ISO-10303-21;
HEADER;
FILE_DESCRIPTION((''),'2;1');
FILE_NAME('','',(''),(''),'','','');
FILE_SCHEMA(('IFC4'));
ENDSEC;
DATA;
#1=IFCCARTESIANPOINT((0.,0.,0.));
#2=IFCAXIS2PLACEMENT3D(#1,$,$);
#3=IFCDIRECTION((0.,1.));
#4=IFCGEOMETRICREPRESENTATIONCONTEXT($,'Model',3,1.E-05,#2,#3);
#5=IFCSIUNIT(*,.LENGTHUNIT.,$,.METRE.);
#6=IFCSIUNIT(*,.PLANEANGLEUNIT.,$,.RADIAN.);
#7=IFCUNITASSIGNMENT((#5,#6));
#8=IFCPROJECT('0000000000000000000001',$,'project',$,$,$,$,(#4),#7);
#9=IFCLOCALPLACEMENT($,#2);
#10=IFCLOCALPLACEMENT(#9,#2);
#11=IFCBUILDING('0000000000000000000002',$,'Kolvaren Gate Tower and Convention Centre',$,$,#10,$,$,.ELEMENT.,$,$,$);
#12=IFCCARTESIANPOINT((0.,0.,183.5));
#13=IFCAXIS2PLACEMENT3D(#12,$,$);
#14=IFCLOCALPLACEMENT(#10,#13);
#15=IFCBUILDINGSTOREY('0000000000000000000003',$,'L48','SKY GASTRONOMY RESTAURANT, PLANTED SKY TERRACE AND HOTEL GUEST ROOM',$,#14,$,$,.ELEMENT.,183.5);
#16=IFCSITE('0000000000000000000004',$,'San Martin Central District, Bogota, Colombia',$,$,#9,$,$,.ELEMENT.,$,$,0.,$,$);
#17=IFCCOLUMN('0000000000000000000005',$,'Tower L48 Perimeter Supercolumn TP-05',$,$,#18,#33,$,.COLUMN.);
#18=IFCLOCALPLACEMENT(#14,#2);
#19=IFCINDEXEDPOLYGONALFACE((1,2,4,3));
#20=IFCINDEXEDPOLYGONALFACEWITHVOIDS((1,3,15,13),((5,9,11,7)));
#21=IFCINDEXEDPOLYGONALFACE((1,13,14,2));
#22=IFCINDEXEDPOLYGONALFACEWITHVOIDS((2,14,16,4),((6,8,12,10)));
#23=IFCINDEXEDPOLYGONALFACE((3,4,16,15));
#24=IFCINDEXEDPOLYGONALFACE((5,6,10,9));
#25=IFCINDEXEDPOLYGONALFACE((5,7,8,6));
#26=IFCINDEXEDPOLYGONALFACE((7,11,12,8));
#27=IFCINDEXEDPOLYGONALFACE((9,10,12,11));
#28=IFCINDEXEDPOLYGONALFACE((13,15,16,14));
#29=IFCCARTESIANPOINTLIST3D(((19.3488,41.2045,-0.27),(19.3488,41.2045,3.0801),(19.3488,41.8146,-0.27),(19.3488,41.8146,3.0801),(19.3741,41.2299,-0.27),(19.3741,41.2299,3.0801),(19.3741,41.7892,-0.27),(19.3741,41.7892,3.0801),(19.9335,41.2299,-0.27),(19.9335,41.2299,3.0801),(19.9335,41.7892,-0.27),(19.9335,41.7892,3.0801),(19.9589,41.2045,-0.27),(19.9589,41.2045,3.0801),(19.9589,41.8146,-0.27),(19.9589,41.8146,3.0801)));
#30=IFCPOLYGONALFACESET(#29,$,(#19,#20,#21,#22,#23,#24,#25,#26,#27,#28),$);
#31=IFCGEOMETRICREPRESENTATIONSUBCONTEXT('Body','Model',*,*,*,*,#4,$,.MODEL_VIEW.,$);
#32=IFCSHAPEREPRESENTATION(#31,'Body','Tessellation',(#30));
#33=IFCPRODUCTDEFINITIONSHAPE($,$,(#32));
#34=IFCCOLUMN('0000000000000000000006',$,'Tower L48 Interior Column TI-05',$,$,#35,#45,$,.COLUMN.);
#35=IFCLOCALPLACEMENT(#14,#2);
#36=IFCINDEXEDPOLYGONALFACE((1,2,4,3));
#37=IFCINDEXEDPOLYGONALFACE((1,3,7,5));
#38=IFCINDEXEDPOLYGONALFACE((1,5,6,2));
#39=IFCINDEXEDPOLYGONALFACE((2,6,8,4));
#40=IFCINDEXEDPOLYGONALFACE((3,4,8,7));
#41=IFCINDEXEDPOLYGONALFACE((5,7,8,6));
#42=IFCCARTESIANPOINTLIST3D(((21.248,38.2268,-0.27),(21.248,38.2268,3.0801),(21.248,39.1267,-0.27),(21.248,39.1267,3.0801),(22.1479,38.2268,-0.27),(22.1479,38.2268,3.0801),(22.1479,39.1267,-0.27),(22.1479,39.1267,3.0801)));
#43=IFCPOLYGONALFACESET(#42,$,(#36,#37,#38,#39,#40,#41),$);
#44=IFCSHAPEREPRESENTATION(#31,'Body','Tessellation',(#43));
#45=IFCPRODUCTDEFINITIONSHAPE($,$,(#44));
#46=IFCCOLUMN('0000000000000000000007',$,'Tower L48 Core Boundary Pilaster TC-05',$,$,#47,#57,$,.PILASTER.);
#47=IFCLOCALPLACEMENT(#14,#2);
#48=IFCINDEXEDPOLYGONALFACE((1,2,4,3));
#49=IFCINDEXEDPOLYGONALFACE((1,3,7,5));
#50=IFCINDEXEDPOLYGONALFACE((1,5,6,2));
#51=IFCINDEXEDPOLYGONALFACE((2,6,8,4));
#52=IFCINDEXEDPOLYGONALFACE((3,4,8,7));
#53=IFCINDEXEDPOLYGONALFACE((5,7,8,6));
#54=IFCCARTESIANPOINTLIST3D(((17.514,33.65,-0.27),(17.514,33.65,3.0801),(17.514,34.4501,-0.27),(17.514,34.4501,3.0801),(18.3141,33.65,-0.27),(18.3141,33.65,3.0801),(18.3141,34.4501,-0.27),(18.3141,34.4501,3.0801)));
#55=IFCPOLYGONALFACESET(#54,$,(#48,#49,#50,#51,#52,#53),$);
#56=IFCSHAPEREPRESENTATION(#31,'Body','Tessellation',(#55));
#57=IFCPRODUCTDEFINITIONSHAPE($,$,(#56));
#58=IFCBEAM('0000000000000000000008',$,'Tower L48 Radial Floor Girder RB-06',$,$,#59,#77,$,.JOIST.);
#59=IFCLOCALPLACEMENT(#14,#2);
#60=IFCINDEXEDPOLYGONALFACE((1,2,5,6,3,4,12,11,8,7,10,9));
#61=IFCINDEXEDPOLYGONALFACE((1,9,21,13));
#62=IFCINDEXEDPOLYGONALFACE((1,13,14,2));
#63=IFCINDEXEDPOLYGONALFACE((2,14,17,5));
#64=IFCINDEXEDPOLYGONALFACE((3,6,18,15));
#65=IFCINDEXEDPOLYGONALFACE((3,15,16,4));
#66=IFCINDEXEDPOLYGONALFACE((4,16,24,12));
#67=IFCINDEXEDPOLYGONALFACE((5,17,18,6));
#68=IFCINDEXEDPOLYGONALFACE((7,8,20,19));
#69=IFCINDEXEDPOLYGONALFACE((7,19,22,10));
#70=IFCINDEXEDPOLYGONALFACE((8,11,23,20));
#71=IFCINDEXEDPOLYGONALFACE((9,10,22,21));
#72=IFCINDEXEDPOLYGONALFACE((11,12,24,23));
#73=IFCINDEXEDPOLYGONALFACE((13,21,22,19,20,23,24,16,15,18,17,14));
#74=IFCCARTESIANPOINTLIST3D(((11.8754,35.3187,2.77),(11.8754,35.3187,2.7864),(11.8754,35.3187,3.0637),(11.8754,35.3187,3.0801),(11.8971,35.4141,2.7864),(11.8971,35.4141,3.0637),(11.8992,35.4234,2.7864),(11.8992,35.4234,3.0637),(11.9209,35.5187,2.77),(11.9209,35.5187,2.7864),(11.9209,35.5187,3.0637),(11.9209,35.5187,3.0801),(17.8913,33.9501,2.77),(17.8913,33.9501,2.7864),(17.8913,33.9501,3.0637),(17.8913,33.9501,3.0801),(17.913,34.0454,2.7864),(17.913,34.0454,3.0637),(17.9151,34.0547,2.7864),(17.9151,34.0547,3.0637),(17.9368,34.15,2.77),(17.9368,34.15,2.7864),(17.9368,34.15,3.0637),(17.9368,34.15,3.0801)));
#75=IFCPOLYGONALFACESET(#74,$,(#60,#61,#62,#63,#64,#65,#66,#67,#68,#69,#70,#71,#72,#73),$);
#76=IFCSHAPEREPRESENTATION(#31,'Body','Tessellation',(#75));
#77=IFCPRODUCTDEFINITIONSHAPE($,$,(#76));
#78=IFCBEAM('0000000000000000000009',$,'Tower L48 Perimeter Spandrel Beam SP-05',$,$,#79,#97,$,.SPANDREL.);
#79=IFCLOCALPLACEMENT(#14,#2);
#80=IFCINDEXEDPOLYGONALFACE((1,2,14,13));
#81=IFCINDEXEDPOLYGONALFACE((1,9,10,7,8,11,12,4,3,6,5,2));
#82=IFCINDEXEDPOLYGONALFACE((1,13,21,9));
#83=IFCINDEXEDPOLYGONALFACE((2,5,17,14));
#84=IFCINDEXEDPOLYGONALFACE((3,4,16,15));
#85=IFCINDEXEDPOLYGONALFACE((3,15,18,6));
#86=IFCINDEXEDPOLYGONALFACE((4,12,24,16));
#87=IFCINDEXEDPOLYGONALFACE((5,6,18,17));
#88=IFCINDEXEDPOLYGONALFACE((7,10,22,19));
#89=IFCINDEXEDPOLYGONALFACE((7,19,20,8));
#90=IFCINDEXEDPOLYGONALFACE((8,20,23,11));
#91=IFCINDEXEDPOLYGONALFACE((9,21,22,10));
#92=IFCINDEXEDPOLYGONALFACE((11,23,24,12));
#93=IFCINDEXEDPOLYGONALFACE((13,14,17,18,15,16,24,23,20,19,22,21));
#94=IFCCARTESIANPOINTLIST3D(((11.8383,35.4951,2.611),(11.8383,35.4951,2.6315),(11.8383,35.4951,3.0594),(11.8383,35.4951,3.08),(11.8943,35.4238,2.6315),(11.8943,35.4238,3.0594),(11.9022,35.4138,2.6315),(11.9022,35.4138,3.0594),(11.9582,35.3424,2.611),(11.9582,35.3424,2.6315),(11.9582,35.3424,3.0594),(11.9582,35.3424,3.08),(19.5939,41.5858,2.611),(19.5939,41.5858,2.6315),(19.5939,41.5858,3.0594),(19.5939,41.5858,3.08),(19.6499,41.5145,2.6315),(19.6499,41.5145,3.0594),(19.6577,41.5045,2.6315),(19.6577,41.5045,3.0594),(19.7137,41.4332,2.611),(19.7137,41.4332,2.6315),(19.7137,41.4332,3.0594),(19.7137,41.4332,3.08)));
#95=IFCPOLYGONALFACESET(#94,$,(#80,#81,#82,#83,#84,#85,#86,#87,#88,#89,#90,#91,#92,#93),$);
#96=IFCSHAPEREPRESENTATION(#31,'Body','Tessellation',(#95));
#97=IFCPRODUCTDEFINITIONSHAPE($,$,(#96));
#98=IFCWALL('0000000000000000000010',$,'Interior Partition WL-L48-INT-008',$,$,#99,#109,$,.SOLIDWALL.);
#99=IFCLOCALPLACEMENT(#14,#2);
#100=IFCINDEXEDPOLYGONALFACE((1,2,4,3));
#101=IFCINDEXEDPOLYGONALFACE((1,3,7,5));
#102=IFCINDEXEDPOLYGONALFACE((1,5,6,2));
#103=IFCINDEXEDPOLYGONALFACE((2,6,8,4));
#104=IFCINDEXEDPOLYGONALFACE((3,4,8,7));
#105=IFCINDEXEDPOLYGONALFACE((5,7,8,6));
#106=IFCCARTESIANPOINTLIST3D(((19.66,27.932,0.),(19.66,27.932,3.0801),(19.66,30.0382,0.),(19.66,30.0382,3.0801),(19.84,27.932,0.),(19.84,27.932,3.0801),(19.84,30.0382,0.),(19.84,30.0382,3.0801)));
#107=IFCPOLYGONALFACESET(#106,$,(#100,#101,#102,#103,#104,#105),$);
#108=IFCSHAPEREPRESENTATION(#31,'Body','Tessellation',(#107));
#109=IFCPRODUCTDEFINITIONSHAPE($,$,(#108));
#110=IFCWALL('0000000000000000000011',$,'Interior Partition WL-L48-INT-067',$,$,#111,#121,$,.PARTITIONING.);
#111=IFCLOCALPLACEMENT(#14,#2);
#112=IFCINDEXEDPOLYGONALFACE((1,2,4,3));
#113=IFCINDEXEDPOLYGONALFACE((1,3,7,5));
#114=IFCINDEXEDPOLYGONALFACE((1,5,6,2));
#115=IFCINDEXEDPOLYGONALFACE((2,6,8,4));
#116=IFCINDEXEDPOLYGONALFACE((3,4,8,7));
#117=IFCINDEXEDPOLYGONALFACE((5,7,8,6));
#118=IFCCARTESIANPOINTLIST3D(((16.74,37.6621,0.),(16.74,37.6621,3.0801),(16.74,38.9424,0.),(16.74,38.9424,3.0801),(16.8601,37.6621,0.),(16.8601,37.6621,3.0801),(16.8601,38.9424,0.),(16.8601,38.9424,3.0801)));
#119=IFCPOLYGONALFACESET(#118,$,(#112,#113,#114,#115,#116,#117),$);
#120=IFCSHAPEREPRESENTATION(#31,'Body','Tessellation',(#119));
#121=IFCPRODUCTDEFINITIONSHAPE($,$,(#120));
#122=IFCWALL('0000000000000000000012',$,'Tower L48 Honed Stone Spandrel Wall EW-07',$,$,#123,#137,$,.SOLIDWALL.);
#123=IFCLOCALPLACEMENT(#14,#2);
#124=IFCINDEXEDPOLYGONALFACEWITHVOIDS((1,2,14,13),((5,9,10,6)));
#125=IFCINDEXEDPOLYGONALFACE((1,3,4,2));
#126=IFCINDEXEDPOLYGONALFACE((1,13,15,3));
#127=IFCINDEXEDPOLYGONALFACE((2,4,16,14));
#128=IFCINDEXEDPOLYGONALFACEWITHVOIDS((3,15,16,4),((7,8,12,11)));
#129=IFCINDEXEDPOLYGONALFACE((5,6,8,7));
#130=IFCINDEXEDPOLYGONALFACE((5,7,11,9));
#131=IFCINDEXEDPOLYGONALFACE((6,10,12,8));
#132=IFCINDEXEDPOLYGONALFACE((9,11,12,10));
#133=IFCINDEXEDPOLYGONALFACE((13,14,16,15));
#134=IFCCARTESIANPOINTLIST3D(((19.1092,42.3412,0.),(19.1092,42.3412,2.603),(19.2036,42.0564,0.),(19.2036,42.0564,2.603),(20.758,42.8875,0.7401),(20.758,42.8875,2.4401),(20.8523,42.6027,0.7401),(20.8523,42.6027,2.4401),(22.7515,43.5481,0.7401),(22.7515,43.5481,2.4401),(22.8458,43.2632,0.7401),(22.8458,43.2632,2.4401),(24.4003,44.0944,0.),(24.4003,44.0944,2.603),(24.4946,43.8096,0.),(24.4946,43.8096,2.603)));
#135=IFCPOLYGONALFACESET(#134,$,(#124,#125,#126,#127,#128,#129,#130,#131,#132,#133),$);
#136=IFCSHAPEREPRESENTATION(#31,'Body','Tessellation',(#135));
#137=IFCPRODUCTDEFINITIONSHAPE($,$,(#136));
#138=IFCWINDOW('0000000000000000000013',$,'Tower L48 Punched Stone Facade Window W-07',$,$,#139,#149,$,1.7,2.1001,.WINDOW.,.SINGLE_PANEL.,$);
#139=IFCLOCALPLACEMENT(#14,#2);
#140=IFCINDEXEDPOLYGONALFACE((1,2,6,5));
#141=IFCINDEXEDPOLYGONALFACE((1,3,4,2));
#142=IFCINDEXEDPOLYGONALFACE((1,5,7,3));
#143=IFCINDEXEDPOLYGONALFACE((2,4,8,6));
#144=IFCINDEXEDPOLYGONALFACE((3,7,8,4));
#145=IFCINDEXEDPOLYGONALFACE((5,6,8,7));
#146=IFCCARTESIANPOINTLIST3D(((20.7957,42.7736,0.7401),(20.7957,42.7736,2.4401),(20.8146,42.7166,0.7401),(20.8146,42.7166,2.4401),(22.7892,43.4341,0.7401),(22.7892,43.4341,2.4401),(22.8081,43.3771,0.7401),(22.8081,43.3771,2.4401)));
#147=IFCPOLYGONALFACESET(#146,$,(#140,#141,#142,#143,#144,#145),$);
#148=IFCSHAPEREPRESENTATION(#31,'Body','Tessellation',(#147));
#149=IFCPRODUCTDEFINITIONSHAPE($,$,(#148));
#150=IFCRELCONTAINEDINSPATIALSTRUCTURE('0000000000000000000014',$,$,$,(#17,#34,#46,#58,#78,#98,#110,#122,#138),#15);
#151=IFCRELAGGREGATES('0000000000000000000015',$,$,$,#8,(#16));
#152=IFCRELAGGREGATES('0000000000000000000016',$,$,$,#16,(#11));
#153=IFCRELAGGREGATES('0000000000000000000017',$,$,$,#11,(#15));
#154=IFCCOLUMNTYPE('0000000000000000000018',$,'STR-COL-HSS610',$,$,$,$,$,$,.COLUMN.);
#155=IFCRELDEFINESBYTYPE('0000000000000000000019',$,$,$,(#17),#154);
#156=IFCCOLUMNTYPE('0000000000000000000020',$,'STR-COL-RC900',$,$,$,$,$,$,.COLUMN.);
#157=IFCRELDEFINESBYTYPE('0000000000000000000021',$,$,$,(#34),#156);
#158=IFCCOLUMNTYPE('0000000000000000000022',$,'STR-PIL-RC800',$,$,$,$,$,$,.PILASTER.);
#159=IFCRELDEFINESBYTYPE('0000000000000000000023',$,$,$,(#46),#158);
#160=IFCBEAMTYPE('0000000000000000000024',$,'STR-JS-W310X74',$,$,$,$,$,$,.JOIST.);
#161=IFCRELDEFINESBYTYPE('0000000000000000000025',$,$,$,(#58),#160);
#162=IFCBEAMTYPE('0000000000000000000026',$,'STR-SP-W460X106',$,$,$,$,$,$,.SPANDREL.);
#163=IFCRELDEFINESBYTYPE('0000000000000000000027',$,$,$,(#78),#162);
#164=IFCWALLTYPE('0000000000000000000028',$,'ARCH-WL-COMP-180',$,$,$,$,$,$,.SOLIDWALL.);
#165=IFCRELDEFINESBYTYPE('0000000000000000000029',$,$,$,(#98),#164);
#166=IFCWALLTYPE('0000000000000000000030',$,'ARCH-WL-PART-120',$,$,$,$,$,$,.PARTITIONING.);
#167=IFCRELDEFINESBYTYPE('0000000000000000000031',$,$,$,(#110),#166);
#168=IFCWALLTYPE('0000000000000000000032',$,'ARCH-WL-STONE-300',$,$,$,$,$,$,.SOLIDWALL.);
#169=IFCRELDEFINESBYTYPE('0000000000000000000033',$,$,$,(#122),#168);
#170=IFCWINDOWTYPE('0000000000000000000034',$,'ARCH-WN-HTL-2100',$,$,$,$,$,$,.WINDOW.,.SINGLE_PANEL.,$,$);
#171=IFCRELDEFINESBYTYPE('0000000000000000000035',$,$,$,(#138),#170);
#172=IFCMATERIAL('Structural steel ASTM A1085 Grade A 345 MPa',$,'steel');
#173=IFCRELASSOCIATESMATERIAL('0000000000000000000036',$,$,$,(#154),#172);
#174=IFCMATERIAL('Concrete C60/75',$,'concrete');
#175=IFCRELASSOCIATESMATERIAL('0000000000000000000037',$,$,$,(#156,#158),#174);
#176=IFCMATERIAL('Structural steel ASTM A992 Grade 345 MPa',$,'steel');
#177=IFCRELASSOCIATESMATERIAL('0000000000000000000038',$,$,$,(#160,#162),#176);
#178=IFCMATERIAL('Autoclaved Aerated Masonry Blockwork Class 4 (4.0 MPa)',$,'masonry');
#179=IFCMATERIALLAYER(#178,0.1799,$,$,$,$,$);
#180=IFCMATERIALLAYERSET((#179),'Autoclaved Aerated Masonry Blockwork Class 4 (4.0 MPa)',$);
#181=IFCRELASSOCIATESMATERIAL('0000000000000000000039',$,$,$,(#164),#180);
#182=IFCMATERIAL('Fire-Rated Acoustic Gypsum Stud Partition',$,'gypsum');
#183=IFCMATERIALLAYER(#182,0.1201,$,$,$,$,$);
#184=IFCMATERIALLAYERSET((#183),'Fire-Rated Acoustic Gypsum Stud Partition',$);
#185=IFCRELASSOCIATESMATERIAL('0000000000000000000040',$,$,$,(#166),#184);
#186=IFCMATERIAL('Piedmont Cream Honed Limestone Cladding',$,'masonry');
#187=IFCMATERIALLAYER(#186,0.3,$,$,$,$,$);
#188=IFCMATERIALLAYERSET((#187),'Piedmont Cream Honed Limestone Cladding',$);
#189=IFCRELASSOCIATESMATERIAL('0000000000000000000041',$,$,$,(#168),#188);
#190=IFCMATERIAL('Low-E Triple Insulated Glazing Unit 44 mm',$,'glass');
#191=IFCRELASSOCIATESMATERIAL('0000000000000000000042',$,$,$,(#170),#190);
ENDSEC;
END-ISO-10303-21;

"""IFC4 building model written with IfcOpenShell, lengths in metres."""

from ifc_helpers import new_model, si_unit, direction, frame, frame_2d, origin, origin_2d, place, context, subcontext, project, spatial, rectangle, hollow_rectangle, i_section, extrude, material, layer, layer_set, material_profile, profile_set, type_object, element, fill, save


model = new_model("IFC4")

# Units and contexts
model_context = context("Model", 3, precision=1e-05, world=origin(), true_north=direction((0.0, 1.0)))
body_context = subcontext(model_context, "Body", "Model", "MODEL_VIEW")
ifc_project = project(units=[si_unit("LENGTHUNIT", "METRE"), si_unit("PLANEANGLEUNIT", "RADIAN")], contexts=[model_context])

# Site, building, storey
site_placement = place(None, origin())
site = spatial("IfcSite", under=ifc_project, at=site_placement, Name="San Martin Central District, Bogota, Colombia", CompositionType="ELEMENT", RefElevation=0.0)
building_placement = place(site_placement, origin())
building = spatial("IfcBuilding", under=site, at=building_placement, Name="Kolvaren Gate Tower and Convention Centre", CompositionType="ELEMENT")
storey_placement = place(building_placement, frame((0.0, 0.0, 183.5)))
storey = spatial("IfcBuildingStorey", under=building, at=storey_placement, Name="L48", Description="SKY GASTRONOMY RESTAURANT, PLANTED SKY TERRACE AND HOTEL GUEST ROOM", CompositionType="ELEMENT", Elevation=183.5)

# Columns
ifc_material_1 = material(Name="Structural steel ASTM A1085 Grade A 345 MPa", Category="steel")
ifc_material_profile_1 = material_profile(ifc_material_1, hollow_rectangle(XDim=0.6101, YDim=0.6101, WallThickness=0.0254, at=origin_2d()), Name="HSS610X610X25.4")
ifc_profile_set_1 = profile_set([ifc_material_profile_1], Name="Structural steel ASTM A1085 Grade A 345 MPa")
column_type_1 = type_object("IfcColumnType", Name="STR-COL-HSS610", PredefinedType="COLUMN", material=ifc_profile_set_1)
column_1_placement = place(storey_placement, frame((19.6538, 41.5095, -0.27), z_axis=(0.0, 0.0, 1.0), x_axis=(1.0, 0.0, 0.0)))
element("IfcColumn", 1, at=column_1_placement, inside=storey, type_object=column_type_1, Name="Tower L48 Perimeter Supercolumn TP-05", PredefinedType="COLUMN", context=body_context, shape_type="SweptSolid", body=[
    extrude(hollow_rectangle(XDim=0.6101, YDim=0.6101, WallThickness=0.0254, at=origin_2d()), origin(), (0.0, 0.0, 1.0), 3.3501),
])
ifc_material_2 = material(Name="Concrete C60/75", Category="concrete")
ifc_material_profile_2 = material_profile(ifc_material_2, rectangle(XDim=0.8999, YDim=0.8999, at=origin_2d()), Name="RC-COL-900X900")
ifc_profile_set_2 = profile_set([ifc_material_profile_2], Name="Concrete C60/75")
column_type_2 = type_object("IfcColumnType", Name="STR-COL-RC900", PredefinedType="COLUMN", material=ifc_profile_set_2)
column_2_placement = place(storey_placement, frame((21.698, 38.6768, -0.27), z_axis=(0.0, 0.0, 1.0), x_axis=(1.0, 0.0, 0.0)))
element("IfcColumn", 2, at=column_2_placement, inside=storey, type_object=column_type_2, Name="Tower L48 Interior Column TI-05", PredefinedType="COLUMN", context=body_context, shape_type="SweptSolid", body=[
    extrude(rectangle(XDim=0.8999, YDim=0.8999, at=origin_2d()), origin(), (0.0, 0.0, 1.0), 3.3501),
])
ifc_material_profile_3 = material_profile(ifc_material_2, rectangle(XDim=0.8, YDim=0.8, at=origin_2d()), Name="RC-COL-800X800")
ifc_profile_set_3 = profile_set([ifc_material_profile_3], Name="Concrete C60/75")
column_type_3 = type_object("IfcColumnType", Name="STR-PIL-RC800", PredefinedType="PILASTER", material=ifc_profile_set_3)
column_3_placement = place(storey_placement, frame((17.9141, 34.05, -0.27), z_axis=(0.0, 0.0, 1.0), x_axis=(1.0, 0.0, 0.0)))
element("IfcColumn", 3, at=column_3_placement, inside=storey, type_object=column_type_3, Name="Tower L48 Core Boundary Pilaster TC-05", PredefinedType="PILASTER", context=body_context, shape_type="SweptSolid", body=[
    extrude(rectangle(XDim=0.8, YDim=0.8, at=origin_2d()), origin(), (0.0, 0.0, 1.0), 3.3501),
])

# Beams
ifc_material_3 = material(Name="Structural steel ASTM A992 Grade 345 MPa", Category="steel")
ifc_material_profile_4 = material_profile(ifc_material_3, i_section(OverallWidth=0.2051, OverallDepth=0.3101, WebThickness=0.0095, FlangeThickness=0.0164, at=origin_2d()), Name="W310X74")
ifc_profile_set_4 = profile_set([ifc_material_profile_4], Name="Structural steel ASTM A992 Grade 345 MPa")
beam_type_1 = type_object("IfcBeamType", Name="STR-JS-W310X74", PredefinedType="JOIST", material=ifc_profile_set_4)
beam_1_placement = place(storey_placement, frame((17.9141, 34.05, 2.925), z_axis=(-0.975083, 0.221838, 0.0), x_axis=(-0.221838, -0.975083, 0.0)))
element("IfcBeam", 4, at=beam_1_placement, inside=storey, type_object=beam_type_1, Name="Tower L48 Radial Floor Girder RB-06", PredefinedType="JOIST", context=body_context, shape_type="SweptSolid", body=[
    extrude(i_section(OverallWidth=0.2051, OverallDepth=0.3101, WebThickness=0.0095, FlangeThickness=0.0164, at=origin_2d()), origin(), (0.0, 0.0, 1.0), 6.1697),
])
ifc_material_profile_5 = material_profile(ifc_material_3, i_section(OverallWidth=0.1941, OverallDepth=0.469, WebThickness=0.0127, FlangeThickness=0.0205, at=origin_2d()), Name="W460X106")
ifc_profile_set_5 = profile_set([ifc_material_profile_5], Name="Structural steel ASTM A992 Grade 345 MPa")
beam_type_2 = type_object("IfcBeamType", Name="STR-SP-W460X106", PredefinedType="SPANDREL", material=ifc_profile_set_5)
beam_2_placement = place(storey_placement, frame((19.6538, 41.5095, 2.8455), z_axis=(-0.78646, -0.617641, 0.0), x_axis=(0.617641, -0.78646, 0.0)))
element("IfcBeam", 5, at=beam_2_placement, inside=storey, type_object=beam_type_2, Name="Tower L48 Perimeter Spandrel Beam SP-05", PredefinedType="SPANDREL", context=body_context, shape_type="SweptSolid", body=[
    extrude(i_section(OverallWidth=0.1941, OverallDepth=0.469, WebThickness=0.0127, FlangeThickness=0.0205, at=origin_2d()), origin(), (0.0, 0.0, 1.0), 9.8613),
])

# Walls
ifc_material_4 = material(Name="Autoclaved Aerated Masonry Blockwork Class 4 (4.0 MPa)", Category="masonry")
ifc_layer_1 = layer(ifc_material_4, 0.1799)
ifc_layer_set_1 = layer_set([ifc_layer_1], Name="Autoclaved Aerated Masonry Blockwork Class 4 (4.0 MPa)")
wall_type_1 = type_object("IfcWallType", Name="ARCH-WL-COMP-180", PredefinedType="SOLIDWALL", material=ifc_layer_set_1)
wall_1_placement = place(storey_placement, frame((19.75, 27.9319, 0.0), z_axis=(0.0, 0.0, 1.0), x_axis=(0.0, 1.0, 0.0)))
element("IfcWall", 6, at=wall_1_placement, inside=storey, type_object=wall_type_1, Name="Interior Partition WL-L48-INT-008", PredefinedType="SOLIDWALL", context=body_context, shape_type="SweptSolid", body=[
    extrude(rectangle(XDim=2.1062, YDim=0.1799, at=frame_2d((1.0532, 0.0))), origin(), (0.0, 0.0, 1.0), 3.0801),
])
ifc_material_5 = material(Name="Fire-Rated Acoustic Gypsum Stud Partition", Category="gypsum")
ifc_layer_2 = layer(ifc_material_5, 0.1201)
ifc_layer_set_2 = layer_set([ifc_layer_2], Name="Fire-Rated Acoustic Gypsum Stud Partition")
wall_type_2 = type_object("IfcWallType", Name="ARCH-WL-PART-120", PredefinedType="PARTITIONING", material=ifc_layer_set_2)
wall_2_placement = place(storey_placement, frame((16.8, 37.6621, 0.0), z_axis=(0.0, 0.0, 1.0), x_axis=(0.0, 1.0, 0.0)))
element("IfcWall", 7, at=wall_2_placement, inside=storey, type_object=wall_type_2, Name="Interior Partition WL-L48-INT-067", PredefinedType="PARTITIONING", context=body_context, shape_type="SweptSolid", body=[
    extrude(rectangle(XDim=1.2803, YDim=0.1201, at=frame_2d((0.6401, 0.0))), origin(), (0.0, 0.0, 1.0), 3.0801),
])

# Wall, opening, window
ifc_material_6 = material(Name="Piedmont Cream Honed Limestone Cladding", Category="masonry")
ifc_layer_3 = layer(ifc_material_6, 0.3)
ifc_layer_set_3 = layer_set([ifc_layer_3], Name="Piedmont Cream Honed Limestone Cladding")
wall_type_3 = type_object("IfcWallType", Name="ARCH-WL-STONE-300", PredefinedType="SOLIDWALL", material=ifc_layer_set_3)
wall_3_placement = place(storey_placement, frame((19.1562, 42.1987, 0.0), z_axis=(0.0, 0.0, 1.0), x_axis=(0.949247, 0.314532, 0.0)))
wall_3 = element("IfcWall", 8, at=wall_3_placement, inside=storey, type_object=wall_type_3, Name="Tower L48 Honed Stone Spandrel Wall EW-07", PredefinedType="SOLIDWALL", context=body_context, shape_type="SweptSolid", body=[
    extrude(rectangle(XDim=5.574, YDim=0.3, at=frame_2d((2.7871, 0.0))), origin(), (0.0, 0.0, 1.0), 2.603),
])
opening_1_placement = place(wall_3_placement, frame((1.7371, 0.0, 0.74)))
opening_1 = element("IfcOpeningElement", 9, at=opening_1_placement, cuts=wall_3, PredefinedType="OPENING", context=body_context, shape_type="SweptSolid", body=[
    extrude(rectangle(XDim=2.1001, YDim=1.7, at=frame_2d((1.05, 0.8501))), frame((0.0, 0.1599, 0.0), z_axis=(0.0, -1.0, 0.0), x_axis=(1.0, 0.0, 0.0)), (0.0, 0.0, 1.0), 0.3201),
])
ifc_material_7 = material(Name="Low-E Triple Insulated Glazing Unit 44 mm", Category="glass")
window_type_1 = type_object("IfcWindowType", Name="ARCH-WN-HTL-2100", PartitioningType="SINGLE_PANEL", PredefinedType="WINDOW", material=ifc_material_7)
window_1_placement = place(opening_1_placement, origin())
window_1 = element("IfcWindow", 10, at=window_1_placement, inside=storey, type_object=window_type_1, Name="Tower L48 Punched Stone Facade Window W-07", OverallHeight=1.7, OverallWidth=2.1001, PartitioningType="SINGLE_PANEL", PredefinedType="WINDOW", context=body_context, shape_type="SweptSolid", body=[
    extrude(rectangle(XDim=2.1001, YDim=1.7, at=frame_2d((1.05, 0.8501))), frame((0.0, 0.03, 0.0), z_axis=(0.0, -1.0, 0.0), x_axis=(1.0, 0.0, 0.0)), (0.0, 0.0, 1.0), 0.0601),
])
fill(opening_1, window_1)

save(model, "model.ifc")
